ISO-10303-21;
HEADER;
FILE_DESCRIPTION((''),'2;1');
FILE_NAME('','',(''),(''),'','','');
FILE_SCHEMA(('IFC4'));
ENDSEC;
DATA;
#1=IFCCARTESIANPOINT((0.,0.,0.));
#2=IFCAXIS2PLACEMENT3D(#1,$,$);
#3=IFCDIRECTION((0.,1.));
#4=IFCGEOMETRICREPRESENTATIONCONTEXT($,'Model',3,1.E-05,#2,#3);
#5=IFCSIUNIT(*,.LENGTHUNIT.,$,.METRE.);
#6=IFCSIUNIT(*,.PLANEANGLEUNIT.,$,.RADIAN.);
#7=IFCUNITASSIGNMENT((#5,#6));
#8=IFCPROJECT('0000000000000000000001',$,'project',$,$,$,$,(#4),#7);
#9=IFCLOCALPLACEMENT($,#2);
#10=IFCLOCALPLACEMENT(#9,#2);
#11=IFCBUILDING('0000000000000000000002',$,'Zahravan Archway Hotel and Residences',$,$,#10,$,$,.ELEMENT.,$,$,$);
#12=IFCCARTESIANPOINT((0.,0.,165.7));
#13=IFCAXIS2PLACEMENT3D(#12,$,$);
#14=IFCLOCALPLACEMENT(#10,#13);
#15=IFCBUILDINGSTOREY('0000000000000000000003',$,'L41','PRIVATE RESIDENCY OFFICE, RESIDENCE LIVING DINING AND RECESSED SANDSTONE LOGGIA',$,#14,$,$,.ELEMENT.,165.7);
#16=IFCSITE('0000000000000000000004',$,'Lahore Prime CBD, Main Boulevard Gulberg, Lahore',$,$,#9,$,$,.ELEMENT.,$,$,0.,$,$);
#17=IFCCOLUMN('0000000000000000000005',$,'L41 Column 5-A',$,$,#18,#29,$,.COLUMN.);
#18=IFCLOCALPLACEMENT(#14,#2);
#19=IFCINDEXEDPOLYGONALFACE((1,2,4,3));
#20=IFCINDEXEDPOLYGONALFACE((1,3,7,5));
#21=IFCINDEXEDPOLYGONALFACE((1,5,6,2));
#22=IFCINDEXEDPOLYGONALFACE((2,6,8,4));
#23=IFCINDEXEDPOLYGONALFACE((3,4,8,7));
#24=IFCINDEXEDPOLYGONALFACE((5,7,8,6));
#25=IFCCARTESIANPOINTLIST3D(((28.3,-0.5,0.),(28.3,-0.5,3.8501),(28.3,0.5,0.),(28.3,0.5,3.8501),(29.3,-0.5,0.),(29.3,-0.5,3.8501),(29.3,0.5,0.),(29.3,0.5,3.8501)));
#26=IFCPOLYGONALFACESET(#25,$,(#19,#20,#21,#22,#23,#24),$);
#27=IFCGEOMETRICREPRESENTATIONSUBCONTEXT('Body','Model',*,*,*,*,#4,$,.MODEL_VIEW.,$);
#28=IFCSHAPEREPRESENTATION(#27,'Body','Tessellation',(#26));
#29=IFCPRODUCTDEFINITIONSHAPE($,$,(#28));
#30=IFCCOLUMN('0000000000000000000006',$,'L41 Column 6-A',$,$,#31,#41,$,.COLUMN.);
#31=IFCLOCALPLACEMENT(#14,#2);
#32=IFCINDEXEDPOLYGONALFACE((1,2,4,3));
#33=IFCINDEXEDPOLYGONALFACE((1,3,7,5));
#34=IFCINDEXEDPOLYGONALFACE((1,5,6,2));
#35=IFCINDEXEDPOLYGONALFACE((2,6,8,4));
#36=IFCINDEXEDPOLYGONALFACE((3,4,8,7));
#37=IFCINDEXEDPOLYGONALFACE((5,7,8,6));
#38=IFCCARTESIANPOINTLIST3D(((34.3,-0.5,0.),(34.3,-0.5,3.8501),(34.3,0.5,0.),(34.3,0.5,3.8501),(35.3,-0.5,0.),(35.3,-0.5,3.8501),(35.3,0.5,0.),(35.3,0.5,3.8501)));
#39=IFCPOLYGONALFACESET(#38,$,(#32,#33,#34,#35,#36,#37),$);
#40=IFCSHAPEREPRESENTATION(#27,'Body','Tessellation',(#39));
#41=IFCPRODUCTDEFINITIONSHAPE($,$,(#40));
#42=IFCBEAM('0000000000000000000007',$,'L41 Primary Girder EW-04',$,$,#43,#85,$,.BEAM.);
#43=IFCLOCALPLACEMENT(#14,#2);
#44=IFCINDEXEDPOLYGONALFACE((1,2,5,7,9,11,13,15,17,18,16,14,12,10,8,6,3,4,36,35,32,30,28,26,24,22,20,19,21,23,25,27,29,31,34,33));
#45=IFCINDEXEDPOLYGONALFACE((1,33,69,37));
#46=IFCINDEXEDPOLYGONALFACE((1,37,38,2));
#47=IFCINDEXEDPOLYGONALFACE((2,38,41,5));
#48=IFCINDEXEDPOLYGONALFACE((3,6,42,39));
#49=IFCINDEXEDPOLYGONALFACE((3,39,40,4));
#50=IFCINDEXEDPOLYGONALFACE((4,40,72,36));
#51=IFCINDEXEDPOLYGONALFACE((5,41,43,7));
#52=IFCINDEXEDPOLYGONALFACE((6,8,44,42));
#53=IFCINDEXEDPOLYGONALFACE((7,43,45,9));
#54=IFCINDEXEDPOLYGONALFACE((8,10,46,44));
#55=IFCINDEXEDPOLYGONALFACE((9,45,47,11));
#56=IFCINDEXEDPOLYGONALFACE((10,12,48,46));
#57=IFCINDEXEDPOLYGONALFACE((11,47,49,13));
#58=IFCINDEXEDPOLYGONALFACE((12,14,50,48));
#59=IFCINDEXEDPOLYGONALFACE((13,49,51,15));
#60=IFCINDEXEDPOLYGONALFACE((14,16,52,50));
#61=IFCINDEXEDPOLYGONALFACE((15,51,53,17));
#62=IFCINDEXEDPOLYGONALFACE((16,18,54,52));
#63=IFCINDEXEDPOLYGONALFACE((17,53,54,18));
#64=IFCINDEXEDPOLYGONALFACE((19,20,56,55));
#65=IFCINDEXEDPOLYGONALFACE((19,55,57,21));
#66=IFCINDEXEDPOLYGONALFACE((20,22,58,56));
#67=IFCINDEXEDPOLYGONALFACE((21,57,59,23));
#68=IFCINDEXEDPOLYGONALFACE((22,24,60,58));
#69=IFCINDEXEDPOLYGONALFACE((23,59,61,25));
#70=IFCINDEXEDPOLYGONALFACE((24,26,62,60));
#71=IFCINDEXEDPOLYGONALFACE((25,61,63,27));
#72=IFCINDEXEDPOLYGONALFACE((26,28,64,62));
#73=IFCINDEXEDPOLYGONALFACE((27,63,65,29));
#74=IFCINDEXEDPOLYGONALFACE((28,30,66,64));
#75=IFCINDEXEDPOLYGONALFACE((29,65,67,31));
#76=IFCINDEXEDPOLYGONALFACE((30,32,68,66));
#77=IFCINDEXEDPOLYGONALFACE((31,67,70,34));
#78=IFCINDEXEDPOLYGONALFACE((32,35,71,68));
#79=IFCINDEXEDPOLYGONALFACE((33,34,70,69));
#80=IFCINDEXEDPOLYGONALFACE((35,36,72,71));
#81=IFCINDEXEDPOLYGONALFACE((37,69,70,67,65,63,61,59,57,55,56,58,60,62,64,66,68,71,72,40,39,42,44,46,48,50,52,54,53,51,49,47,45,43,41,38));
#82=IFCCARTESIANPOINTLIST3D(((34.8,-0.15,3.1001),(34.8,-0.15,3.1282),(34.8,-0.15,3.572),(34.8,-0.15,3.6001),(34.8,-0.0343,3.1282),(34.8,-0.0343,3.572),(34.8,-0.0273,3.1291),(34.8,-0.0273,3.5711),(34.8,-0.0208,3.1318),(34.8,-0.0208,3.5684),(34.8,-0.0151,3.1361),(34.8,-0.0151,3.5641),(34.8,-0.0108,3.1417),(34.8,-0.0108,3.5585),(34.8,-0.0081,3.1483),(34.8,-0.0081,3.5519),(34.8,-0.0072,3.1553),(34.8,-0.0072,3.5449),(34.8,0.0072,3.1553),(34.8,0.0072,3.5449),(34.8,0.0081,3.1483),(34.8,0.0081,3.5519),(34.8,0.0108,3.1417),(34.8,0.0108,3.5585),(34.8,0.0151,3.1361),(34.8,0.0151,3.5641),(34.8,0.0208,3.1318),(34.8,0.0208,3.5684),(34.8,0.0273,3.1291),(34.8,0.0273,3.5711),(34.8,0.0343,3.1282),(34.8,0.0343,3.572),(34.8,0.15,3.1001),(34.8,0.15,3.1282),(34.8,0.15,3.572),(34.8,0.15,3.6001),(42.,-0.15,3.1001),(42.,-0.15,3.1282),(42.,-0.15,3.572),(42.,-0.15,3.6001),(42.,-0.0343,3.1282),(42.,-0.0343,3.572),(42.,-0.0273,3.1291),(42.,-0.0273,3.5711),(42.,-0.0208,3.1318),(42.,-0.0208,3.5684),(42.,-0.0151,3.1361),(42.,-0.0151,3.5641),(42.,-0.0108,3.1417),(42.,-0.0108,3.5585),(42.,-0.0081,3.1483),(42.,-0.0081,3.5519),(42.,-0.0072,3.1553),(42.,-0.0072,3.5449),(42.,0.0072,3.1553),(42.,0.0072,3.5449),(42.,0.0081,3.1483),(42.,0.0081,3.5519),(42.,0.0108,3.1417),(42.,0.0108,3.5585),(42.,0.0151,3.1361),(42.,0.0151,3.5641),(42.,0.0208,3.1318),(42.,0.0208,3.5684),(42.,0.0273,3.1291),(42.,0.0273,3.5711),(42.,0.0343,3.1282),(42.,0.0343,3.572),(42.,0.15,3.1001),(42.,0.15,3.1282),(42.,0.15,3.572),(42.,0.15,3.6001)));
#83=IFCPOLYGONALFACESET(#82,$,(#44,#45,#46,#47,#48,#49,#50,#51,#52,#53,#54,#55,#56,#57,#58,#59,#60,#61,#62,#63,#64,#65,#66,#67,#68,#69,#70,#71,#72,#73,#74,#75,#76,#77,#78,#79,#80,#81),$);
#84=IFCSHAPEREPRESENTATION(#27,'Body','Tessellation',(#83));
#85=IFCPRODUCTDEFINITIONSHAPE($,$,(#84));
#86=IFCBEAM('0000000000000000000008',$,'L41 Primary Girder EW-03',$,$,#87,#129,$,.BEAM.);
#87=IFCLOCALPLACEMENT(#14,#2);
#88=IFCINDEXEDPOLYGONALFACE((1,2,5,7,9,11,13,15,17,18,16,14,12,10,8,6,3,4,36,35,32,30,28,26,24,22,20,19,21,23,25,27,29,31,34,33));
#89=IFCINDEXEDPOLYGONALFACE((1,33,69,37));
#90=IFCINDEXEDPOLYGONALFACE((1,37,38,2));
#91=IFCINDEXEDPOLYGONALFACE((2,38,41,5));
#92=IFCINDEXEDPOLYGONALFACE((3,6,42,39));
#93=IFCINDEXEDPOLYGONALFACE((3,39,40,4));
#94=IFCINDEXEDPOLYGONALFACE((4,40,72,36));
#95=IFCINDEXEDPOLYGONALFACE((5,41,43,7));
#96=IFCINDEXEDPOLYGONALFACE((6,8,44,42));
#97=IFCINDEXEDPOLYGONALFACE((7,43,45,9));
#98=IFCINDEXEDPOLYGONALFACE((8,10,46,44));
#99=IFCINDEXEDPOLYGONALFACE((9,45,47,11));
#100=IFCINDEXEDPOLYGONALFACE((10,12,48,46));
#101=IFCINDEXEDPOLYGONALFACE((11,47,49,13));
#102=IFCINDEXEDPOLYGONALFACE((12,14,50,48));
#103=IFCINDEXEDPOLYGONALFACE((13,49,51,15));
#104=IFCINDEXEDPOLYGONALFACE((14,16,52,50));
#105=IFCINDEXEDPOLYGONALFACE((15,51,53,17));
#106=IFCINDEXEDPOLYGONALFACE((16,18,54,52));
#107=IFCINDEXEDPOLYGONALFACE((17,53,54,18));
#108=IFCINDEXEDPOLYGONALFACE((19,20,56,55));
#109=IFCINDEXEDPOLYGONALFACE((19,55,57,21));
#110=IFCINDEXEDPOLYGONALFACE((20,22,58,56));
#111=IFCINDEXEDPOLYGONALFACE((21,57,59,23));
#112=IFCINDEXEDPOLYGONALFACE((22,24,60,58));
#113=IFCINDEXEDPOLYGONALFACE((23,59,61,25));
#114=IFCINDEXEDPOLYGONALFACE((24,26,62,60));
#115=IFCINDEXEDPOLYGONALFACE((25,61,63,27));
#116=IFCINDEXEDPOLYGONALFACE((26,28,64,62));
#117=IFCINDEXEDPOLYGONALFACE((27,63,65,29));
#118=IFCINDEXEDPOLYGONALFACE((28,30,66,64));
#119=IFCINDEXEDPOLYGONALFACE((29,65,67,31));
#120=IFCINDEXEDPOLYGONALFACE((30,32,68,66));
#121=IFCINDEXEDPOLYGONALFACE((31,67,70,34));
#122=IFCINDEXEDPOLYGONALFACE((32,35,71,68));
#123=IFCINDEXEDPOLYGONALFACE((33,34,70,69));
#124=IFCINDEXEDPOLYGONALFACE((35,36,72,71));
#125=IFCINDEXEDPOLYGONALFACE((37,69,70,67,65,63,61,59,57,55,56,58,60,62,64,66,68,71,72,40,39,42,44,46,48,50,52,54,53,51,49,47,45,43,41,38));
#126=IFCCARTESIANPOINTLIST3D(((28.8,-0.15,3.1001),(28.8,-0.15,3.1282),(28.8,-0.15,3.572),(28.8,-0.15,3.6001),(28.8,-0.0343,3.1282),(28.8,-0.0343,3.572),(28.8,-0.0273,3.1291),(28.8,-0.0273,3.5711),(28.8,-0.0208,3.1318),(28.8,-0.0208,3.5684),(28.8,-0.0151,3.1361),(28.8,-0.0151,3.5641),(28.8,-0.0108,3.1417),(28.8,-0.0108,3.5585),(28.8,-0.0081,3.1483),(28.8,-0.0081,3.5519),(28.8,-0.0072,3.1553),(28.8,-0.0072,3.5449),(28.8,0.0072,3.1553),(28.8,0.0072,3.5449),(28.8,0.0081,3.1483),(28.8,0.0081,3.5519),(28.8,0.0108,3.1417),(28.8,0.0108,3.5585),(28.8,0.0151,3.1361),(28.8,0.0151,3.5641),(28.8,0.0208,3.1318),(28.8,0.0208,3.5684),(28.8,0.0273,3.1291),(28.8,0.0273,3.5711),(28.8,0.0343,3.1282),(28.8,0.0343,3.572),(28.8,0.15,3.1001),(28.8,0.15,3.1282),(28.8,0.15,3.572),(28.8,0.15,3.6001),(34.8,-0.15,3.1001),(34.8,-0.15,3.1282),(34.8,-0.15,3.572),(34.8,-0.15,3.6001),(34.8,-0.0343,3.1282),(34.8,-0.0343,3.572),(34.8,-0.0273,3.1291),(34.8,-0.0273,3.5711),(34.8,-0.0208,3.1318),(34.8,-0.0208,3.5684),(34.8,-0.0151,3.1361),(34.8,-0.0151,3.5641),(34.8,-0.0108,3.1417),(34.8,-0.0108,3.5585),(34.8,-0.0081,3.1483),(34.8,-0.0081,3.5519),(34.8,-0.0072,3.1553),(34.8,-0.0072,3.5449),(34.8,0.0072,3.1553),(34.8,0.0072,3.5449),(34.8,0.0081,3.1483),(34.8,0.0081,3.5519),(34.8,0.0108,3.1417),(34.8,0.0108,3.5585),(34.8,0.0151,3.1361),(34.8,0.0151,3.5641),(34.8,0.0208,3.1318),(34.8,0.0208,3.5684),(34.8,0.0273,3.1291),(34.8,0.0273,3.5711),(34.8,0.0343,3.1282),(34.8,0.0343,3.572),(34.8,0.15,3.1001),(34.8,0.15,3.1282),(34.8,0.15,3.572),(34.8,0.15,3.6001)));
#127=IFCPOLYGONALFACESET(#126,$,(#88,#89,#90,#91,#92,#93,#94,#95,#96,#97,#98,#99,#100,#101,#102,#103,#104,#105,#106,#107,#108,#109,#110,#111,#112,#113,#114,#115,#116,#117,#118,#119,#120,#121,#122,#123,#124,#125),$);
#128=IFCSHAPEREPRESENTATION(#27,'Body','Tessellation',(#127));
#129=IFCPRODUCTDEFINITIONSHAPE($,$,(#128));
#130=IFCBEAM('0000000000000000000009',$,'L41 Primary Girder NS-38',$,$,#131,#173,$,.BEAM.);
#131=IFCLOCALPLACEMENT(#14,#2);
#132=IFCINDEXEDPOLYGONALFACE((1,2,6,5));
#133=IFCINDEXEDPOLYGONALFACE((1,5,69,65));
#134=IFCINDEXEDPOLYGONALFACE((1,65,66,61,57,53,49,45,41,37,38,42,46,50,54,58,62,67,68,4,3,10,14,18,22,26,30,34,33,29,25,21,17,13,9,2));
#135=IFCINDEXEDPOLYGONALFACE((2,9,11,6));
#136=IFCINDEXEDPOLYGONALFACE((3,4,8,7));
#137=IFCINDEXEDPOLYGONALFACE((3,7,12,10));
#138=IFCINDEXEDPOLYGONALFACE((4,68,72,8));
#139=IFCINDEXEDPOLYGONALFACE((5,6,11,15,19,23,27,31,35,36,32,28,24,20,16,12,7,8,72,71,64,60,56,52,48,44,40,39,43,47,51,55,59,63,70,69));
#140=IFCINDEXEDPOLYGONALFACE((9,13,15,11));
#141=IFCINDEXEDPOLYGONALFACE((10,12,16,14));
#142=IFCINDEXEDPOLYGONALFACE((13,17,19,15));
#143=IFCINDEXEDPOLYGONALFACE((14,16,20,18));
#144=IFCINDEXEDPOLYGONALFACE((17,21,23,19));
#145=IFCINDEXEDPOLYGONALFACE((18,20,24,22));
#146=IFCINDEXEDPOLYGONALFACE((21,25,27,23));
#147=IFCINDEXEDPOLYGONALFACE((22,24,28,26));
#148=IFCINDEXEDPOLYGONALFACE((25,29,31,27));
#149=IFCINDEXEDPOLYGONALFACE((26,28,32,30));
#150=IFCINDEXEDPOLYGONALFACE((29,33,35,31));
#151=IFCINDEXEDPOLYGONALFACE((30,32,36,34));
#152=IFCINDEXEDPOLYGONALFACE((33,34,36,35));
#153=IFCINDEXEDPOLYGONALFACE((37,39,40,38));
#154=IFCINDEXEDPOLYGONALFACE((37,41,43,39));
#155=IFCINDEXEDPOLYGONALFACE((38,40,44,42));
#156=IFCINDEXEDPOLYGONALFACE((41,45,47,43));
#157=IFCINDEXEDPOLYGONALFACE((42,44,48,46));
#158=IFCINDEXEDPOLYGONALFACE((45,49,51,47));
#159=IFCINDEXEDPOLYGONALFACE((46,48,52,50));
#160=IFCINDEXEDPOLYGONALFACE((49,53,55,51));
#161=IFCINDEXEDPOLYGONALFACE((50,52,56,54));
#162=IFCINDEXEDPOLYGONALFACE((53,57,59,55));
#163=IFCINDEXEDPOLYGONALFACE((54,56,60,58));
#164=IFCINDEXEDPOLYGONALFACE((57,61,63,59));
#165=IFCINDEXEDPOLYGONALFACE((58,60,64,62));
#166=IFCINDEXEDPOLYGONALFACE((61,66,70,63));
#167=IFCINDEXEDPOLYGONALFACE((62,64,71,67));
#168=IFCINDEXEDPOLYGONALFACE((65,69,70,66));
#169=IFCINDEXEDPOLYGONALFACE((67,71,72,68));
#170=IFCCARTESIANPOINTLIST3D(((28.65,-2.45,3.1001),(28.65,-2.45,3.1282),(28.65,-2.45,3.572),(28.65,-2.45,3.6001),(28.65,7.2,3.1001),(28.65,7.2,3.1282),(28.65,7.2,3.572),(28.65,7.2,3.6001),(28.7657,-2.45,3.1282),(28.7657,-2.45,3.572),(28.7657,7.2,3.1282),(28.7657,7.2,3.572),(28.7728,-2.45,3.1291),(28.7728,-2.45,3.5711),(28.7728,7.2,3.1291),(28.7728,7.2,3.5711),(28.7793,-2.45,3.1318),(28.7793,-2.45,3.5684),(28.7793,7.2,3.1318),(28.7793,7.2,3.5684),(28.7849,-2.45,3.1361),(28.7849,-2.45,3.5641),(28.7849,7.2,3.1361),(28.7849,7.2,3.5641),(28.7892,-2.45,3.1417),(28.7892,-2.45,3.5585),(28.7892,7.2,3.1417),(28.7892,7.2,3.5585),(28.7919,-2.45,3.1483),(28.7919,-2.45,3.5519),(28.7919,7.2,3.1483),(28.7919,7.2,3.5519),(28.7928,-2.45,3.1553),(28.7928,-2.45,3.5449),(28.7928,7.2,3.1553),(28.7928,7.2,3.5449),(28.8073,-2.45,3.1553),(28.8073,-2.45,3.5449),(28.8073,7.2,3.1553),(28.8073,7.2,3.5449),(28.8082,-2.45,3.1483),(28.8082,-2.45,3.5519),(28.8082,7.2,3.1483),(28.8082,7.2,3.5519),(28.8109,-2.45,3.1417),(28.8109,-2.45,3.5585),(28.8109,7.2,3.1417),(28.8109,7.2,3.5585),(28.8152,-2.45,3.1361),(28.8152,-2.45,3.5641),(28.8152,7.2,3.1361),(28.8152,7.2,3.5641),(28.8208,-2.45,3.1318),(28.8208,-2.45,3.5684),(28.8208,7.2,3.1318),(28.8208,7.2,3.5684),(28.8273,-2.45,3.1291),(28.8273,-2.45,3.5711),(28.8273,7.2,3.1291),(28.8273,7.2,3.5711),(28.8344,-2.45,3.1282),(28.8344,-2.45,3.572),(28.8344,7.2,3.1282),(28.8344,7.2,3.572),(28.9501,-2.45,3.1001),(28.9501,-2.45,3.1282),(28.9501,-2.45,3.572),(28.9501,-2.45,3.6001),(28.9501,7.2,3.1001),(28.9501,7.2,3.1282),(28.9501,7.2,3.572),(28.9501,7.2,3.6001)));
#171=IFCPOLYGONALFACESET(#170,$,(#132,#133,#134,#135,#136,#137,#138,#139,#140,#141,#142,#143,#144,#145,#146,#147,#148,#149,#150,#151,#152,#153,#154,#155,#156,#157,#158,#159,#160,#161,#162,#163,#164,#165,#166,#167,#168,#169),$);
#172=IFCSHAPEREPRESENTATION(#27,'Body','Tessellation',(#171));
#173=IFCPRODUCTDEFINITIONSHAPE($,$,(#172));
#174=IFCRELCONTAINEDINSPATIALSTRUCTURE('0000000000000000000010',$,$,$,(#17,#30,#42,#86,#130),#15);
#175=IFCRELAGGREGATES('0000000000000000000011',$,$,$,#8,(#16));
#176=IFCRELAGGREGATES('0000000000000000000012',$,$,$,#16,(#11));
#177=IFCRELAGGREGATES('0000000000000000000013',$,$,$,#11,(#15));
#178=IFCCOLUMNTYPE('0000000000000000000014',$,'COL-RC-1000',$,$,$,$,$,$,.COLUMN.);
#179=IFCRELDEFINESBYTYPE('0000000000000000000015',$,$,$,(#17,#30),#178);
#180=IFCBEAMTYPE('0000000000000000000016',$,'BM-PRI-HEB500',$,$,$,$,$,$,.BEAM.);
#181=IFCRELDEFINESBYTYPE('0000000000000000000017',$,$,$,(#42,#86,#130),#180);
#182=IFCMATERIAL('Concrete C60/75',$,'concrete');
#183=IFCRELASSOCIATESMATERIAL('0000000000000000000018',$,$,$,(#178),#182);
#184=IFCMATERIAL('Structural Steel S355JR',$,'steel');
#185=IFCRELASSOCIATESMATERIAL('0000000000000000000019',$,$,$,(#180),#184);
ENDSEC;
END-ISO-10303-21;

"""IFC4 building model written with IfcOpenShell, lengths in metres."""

from ifc_helpers import new_model, si_unit, direction, frame, origin, origin_2d, place, context, subcontext, project, spatial, rectangle, i_section, extrude, source, transform, mapped, material, material_profile, profile_set, type_object, element, save


model = new_model("IFC4")

# Units and contexts
model_context = context("Model", 3, precision=1e-05, world=origin(), true_north=direction((0.0, 1.0)))
body_context = subcontext(model_context, "Body", "Model", "MODEL_VIEW")
ifc_project = project(units=[si_unit("LENGTHUNIT", "METRE"), si_unit("PLANEANGLEUNIT", "RADIAN")], contexts=[model_context])

# Site, building, storey
site_placement = place(None, origin())
site = spatial("IfcSite", under=ifc_project, at=site_placement, Name="Lahore Prime CBD, Main Boulevard Gulberg, Lahore", CompositionType="ELEMENT", RefElevation=0.0)
building_placement = place(site_placement, origin())
building = spatial("IfcBuilding", under=site, at=building_placement, Name="Zahravan Archway Hotel and Residences", CompositionType="ELEMENT")
storey_placement = place(building_placement, frame((0.0, 0.0, 165.7)))
storey = spatial("IfcBuildingStorey", under=building, at=storey_placement, Name="L41", Description="PRIVATE RESIDENCY OFFICE, RESIDENCE LIVING DINING AND RECESSED SANDSTONE LOGGIA", CompositionType="ELEMENT", Elevation=165.7)

# Columns
ifc_material_1 = material(Name="Concrete C60/75", Category="concrete")
ifc_material_profile_1 = material_profile(ifc_material_1, rectangle(XDim=1.0, YDim=1.0, at=origin_2d()), Name="RC-COL-1000x1000", Category="concrete")
ifc_profile_set_1 = profile_set([ifc_material_profile_1], Name="Concrete C60/75")
column_type = type_object("IfcColumnType", Name="COL-RC-1000", PredefinedType="COLUMN", material=ifc_profile_set_1)
shared_shape_1 = source(origin(), body_context, "Body", "SweptSolid", [
    extrude(rectangle(XDim=1.0, YDim=1.0, at=origin_2d()), origin(), (0.0, 0.0, 1.0), 3.8501),
])
for number, where, z_axis, x_axis, name in (
    (1, (28.8, 0.0, 0.0), (0.0, 0.0, 1.0), (1.0, 0.0, 0.0), "L41 Column 5-A"),
    (2, (34.8, 0.0, 0.0), (0.0, 0.0, 1.0), (1.0, 0.0, 0.0), "L41 Column 6-A"),
):
    element("IfcColumn", number, at=place(storey_placement, frame(where, z_axis=z_axis, x_axis=x_axis)), inside=storey, type_object=column_type, Name=name, PredefinedType="COLUMN", context=body_context, shape_type="MappedRepresentation", body=[
        mapped(shared_shape_1, transform((0.0, 0.0, 0.0), scale=1.0)),
    ])

# Beams
ifc_material_2 = material(Name="Structural Steel S355JR", Category="steel")
ifc_material_profile_2 = material_profile(ifc_material_2, i_section(OverallWidth=0.3, OverallDepth=0.5, WebThickness=0.0144, FlangeThickness=0.0281, FilletRadius=0.0271, at=origin_2d()), Name="HEB 500", Category="steel")
ifc_profile_set_2 = profile_set([ifc_material_profile_2], Name="Structural Steel S355JR")
beam_type_1 = type_object("IfcBeamType", Name="BM-PRI-HEB500", PredefinedType="BEAM", material=ifc_profile_set_2)
shared_shape_2 = source(origin(), body_context, "Body", "SweptSolid", [
    extrude(i_section(OverallWidth=0.3, OverallDepth=0.5, WebThickness=0.0144, FlangeThickness=0.0281, FilletRadius=0.0271, at=origin_2d()), origin(), (0.0, 0.0, 1.0), 7.2),
])
beam_1_placement = place(storey_placement, frame((34.8, 0.0, 3.3501), z_axis=(1.0, 0.0, 0.0), x_axis=(0.0, 1.0, 0.0)))
element("IfcBeam", 3, at=beam_1_placement, inside=storey, type_object=beam_type_1, Name="L41 Primary Girder EW-04", PredefinedType="BEAM", context=body_context, shape_type="MappedRepresentation", body=[
    mapped(shared_shape_2, transform((0.0, 0.0, 0.0), scale=1.0)),
])
shared_shape_3 = source(origin(), body_context, "Body", "SweptSolid", [
    extrude(i_section(OverallWidth=0.3, OverallDepth=0.5, WebThickness=0.0144, FlangeThickness=0.0281, FilletRadius=0.0271, at=origin_2d()), origin(), (0.0, 0.0, 1.0), 6.0),
])
beam_2_placement = place(storey_placement, frame((28.8, 0.0, 3.3501), z_axis=(1.0, 0.0, 0.0), x_axis=(0.0, 1.0, 0.0)))
element("IfcBeam", 4, at=beam_2_placement, inside=storey, type_object=beam_type_1, Name="L41 Primary Girder EW-03", PredefinedType="BEAM", context=body_context, shape_type="MappedRepresentation", body=[
    mapped(shared_shape_3, transform((0.0, 0.0, 0.0), scale=1.0)),
])
shared_shape_4 = source(origin(), body_context, "Body", "SweptSolid", [
    extrude(i_section(OverallWidth=0.3, OverallDepth=0.5, WebThickness=0.0144, FlangeThickness=0.0281, FilletRadius=0.0271, at=origin_2d()), origin(), (0.0, 0.0, 1.0), 9.6499),
])
beam_3_placement = place(storey_placement, frame((28.8, -2.45, 3.3501), z_axis=(0.0, 1.0, 0.0), x_axis=(-1.0, 0.0, 0.0)))
element("IfcBeam", 5, at=beam_3_placement, inside=storey, type_object=beam_type_1, Name="L41 Primary Girder NS-38", PredefinedType="BEAM", context=body_context, shape_type="MappedRepresentation", body=[
    mapped(shared_shape_4, transform((0.0, 0.0, 0.0), scale=1.0)),
])

save(model, "model.ifc")
